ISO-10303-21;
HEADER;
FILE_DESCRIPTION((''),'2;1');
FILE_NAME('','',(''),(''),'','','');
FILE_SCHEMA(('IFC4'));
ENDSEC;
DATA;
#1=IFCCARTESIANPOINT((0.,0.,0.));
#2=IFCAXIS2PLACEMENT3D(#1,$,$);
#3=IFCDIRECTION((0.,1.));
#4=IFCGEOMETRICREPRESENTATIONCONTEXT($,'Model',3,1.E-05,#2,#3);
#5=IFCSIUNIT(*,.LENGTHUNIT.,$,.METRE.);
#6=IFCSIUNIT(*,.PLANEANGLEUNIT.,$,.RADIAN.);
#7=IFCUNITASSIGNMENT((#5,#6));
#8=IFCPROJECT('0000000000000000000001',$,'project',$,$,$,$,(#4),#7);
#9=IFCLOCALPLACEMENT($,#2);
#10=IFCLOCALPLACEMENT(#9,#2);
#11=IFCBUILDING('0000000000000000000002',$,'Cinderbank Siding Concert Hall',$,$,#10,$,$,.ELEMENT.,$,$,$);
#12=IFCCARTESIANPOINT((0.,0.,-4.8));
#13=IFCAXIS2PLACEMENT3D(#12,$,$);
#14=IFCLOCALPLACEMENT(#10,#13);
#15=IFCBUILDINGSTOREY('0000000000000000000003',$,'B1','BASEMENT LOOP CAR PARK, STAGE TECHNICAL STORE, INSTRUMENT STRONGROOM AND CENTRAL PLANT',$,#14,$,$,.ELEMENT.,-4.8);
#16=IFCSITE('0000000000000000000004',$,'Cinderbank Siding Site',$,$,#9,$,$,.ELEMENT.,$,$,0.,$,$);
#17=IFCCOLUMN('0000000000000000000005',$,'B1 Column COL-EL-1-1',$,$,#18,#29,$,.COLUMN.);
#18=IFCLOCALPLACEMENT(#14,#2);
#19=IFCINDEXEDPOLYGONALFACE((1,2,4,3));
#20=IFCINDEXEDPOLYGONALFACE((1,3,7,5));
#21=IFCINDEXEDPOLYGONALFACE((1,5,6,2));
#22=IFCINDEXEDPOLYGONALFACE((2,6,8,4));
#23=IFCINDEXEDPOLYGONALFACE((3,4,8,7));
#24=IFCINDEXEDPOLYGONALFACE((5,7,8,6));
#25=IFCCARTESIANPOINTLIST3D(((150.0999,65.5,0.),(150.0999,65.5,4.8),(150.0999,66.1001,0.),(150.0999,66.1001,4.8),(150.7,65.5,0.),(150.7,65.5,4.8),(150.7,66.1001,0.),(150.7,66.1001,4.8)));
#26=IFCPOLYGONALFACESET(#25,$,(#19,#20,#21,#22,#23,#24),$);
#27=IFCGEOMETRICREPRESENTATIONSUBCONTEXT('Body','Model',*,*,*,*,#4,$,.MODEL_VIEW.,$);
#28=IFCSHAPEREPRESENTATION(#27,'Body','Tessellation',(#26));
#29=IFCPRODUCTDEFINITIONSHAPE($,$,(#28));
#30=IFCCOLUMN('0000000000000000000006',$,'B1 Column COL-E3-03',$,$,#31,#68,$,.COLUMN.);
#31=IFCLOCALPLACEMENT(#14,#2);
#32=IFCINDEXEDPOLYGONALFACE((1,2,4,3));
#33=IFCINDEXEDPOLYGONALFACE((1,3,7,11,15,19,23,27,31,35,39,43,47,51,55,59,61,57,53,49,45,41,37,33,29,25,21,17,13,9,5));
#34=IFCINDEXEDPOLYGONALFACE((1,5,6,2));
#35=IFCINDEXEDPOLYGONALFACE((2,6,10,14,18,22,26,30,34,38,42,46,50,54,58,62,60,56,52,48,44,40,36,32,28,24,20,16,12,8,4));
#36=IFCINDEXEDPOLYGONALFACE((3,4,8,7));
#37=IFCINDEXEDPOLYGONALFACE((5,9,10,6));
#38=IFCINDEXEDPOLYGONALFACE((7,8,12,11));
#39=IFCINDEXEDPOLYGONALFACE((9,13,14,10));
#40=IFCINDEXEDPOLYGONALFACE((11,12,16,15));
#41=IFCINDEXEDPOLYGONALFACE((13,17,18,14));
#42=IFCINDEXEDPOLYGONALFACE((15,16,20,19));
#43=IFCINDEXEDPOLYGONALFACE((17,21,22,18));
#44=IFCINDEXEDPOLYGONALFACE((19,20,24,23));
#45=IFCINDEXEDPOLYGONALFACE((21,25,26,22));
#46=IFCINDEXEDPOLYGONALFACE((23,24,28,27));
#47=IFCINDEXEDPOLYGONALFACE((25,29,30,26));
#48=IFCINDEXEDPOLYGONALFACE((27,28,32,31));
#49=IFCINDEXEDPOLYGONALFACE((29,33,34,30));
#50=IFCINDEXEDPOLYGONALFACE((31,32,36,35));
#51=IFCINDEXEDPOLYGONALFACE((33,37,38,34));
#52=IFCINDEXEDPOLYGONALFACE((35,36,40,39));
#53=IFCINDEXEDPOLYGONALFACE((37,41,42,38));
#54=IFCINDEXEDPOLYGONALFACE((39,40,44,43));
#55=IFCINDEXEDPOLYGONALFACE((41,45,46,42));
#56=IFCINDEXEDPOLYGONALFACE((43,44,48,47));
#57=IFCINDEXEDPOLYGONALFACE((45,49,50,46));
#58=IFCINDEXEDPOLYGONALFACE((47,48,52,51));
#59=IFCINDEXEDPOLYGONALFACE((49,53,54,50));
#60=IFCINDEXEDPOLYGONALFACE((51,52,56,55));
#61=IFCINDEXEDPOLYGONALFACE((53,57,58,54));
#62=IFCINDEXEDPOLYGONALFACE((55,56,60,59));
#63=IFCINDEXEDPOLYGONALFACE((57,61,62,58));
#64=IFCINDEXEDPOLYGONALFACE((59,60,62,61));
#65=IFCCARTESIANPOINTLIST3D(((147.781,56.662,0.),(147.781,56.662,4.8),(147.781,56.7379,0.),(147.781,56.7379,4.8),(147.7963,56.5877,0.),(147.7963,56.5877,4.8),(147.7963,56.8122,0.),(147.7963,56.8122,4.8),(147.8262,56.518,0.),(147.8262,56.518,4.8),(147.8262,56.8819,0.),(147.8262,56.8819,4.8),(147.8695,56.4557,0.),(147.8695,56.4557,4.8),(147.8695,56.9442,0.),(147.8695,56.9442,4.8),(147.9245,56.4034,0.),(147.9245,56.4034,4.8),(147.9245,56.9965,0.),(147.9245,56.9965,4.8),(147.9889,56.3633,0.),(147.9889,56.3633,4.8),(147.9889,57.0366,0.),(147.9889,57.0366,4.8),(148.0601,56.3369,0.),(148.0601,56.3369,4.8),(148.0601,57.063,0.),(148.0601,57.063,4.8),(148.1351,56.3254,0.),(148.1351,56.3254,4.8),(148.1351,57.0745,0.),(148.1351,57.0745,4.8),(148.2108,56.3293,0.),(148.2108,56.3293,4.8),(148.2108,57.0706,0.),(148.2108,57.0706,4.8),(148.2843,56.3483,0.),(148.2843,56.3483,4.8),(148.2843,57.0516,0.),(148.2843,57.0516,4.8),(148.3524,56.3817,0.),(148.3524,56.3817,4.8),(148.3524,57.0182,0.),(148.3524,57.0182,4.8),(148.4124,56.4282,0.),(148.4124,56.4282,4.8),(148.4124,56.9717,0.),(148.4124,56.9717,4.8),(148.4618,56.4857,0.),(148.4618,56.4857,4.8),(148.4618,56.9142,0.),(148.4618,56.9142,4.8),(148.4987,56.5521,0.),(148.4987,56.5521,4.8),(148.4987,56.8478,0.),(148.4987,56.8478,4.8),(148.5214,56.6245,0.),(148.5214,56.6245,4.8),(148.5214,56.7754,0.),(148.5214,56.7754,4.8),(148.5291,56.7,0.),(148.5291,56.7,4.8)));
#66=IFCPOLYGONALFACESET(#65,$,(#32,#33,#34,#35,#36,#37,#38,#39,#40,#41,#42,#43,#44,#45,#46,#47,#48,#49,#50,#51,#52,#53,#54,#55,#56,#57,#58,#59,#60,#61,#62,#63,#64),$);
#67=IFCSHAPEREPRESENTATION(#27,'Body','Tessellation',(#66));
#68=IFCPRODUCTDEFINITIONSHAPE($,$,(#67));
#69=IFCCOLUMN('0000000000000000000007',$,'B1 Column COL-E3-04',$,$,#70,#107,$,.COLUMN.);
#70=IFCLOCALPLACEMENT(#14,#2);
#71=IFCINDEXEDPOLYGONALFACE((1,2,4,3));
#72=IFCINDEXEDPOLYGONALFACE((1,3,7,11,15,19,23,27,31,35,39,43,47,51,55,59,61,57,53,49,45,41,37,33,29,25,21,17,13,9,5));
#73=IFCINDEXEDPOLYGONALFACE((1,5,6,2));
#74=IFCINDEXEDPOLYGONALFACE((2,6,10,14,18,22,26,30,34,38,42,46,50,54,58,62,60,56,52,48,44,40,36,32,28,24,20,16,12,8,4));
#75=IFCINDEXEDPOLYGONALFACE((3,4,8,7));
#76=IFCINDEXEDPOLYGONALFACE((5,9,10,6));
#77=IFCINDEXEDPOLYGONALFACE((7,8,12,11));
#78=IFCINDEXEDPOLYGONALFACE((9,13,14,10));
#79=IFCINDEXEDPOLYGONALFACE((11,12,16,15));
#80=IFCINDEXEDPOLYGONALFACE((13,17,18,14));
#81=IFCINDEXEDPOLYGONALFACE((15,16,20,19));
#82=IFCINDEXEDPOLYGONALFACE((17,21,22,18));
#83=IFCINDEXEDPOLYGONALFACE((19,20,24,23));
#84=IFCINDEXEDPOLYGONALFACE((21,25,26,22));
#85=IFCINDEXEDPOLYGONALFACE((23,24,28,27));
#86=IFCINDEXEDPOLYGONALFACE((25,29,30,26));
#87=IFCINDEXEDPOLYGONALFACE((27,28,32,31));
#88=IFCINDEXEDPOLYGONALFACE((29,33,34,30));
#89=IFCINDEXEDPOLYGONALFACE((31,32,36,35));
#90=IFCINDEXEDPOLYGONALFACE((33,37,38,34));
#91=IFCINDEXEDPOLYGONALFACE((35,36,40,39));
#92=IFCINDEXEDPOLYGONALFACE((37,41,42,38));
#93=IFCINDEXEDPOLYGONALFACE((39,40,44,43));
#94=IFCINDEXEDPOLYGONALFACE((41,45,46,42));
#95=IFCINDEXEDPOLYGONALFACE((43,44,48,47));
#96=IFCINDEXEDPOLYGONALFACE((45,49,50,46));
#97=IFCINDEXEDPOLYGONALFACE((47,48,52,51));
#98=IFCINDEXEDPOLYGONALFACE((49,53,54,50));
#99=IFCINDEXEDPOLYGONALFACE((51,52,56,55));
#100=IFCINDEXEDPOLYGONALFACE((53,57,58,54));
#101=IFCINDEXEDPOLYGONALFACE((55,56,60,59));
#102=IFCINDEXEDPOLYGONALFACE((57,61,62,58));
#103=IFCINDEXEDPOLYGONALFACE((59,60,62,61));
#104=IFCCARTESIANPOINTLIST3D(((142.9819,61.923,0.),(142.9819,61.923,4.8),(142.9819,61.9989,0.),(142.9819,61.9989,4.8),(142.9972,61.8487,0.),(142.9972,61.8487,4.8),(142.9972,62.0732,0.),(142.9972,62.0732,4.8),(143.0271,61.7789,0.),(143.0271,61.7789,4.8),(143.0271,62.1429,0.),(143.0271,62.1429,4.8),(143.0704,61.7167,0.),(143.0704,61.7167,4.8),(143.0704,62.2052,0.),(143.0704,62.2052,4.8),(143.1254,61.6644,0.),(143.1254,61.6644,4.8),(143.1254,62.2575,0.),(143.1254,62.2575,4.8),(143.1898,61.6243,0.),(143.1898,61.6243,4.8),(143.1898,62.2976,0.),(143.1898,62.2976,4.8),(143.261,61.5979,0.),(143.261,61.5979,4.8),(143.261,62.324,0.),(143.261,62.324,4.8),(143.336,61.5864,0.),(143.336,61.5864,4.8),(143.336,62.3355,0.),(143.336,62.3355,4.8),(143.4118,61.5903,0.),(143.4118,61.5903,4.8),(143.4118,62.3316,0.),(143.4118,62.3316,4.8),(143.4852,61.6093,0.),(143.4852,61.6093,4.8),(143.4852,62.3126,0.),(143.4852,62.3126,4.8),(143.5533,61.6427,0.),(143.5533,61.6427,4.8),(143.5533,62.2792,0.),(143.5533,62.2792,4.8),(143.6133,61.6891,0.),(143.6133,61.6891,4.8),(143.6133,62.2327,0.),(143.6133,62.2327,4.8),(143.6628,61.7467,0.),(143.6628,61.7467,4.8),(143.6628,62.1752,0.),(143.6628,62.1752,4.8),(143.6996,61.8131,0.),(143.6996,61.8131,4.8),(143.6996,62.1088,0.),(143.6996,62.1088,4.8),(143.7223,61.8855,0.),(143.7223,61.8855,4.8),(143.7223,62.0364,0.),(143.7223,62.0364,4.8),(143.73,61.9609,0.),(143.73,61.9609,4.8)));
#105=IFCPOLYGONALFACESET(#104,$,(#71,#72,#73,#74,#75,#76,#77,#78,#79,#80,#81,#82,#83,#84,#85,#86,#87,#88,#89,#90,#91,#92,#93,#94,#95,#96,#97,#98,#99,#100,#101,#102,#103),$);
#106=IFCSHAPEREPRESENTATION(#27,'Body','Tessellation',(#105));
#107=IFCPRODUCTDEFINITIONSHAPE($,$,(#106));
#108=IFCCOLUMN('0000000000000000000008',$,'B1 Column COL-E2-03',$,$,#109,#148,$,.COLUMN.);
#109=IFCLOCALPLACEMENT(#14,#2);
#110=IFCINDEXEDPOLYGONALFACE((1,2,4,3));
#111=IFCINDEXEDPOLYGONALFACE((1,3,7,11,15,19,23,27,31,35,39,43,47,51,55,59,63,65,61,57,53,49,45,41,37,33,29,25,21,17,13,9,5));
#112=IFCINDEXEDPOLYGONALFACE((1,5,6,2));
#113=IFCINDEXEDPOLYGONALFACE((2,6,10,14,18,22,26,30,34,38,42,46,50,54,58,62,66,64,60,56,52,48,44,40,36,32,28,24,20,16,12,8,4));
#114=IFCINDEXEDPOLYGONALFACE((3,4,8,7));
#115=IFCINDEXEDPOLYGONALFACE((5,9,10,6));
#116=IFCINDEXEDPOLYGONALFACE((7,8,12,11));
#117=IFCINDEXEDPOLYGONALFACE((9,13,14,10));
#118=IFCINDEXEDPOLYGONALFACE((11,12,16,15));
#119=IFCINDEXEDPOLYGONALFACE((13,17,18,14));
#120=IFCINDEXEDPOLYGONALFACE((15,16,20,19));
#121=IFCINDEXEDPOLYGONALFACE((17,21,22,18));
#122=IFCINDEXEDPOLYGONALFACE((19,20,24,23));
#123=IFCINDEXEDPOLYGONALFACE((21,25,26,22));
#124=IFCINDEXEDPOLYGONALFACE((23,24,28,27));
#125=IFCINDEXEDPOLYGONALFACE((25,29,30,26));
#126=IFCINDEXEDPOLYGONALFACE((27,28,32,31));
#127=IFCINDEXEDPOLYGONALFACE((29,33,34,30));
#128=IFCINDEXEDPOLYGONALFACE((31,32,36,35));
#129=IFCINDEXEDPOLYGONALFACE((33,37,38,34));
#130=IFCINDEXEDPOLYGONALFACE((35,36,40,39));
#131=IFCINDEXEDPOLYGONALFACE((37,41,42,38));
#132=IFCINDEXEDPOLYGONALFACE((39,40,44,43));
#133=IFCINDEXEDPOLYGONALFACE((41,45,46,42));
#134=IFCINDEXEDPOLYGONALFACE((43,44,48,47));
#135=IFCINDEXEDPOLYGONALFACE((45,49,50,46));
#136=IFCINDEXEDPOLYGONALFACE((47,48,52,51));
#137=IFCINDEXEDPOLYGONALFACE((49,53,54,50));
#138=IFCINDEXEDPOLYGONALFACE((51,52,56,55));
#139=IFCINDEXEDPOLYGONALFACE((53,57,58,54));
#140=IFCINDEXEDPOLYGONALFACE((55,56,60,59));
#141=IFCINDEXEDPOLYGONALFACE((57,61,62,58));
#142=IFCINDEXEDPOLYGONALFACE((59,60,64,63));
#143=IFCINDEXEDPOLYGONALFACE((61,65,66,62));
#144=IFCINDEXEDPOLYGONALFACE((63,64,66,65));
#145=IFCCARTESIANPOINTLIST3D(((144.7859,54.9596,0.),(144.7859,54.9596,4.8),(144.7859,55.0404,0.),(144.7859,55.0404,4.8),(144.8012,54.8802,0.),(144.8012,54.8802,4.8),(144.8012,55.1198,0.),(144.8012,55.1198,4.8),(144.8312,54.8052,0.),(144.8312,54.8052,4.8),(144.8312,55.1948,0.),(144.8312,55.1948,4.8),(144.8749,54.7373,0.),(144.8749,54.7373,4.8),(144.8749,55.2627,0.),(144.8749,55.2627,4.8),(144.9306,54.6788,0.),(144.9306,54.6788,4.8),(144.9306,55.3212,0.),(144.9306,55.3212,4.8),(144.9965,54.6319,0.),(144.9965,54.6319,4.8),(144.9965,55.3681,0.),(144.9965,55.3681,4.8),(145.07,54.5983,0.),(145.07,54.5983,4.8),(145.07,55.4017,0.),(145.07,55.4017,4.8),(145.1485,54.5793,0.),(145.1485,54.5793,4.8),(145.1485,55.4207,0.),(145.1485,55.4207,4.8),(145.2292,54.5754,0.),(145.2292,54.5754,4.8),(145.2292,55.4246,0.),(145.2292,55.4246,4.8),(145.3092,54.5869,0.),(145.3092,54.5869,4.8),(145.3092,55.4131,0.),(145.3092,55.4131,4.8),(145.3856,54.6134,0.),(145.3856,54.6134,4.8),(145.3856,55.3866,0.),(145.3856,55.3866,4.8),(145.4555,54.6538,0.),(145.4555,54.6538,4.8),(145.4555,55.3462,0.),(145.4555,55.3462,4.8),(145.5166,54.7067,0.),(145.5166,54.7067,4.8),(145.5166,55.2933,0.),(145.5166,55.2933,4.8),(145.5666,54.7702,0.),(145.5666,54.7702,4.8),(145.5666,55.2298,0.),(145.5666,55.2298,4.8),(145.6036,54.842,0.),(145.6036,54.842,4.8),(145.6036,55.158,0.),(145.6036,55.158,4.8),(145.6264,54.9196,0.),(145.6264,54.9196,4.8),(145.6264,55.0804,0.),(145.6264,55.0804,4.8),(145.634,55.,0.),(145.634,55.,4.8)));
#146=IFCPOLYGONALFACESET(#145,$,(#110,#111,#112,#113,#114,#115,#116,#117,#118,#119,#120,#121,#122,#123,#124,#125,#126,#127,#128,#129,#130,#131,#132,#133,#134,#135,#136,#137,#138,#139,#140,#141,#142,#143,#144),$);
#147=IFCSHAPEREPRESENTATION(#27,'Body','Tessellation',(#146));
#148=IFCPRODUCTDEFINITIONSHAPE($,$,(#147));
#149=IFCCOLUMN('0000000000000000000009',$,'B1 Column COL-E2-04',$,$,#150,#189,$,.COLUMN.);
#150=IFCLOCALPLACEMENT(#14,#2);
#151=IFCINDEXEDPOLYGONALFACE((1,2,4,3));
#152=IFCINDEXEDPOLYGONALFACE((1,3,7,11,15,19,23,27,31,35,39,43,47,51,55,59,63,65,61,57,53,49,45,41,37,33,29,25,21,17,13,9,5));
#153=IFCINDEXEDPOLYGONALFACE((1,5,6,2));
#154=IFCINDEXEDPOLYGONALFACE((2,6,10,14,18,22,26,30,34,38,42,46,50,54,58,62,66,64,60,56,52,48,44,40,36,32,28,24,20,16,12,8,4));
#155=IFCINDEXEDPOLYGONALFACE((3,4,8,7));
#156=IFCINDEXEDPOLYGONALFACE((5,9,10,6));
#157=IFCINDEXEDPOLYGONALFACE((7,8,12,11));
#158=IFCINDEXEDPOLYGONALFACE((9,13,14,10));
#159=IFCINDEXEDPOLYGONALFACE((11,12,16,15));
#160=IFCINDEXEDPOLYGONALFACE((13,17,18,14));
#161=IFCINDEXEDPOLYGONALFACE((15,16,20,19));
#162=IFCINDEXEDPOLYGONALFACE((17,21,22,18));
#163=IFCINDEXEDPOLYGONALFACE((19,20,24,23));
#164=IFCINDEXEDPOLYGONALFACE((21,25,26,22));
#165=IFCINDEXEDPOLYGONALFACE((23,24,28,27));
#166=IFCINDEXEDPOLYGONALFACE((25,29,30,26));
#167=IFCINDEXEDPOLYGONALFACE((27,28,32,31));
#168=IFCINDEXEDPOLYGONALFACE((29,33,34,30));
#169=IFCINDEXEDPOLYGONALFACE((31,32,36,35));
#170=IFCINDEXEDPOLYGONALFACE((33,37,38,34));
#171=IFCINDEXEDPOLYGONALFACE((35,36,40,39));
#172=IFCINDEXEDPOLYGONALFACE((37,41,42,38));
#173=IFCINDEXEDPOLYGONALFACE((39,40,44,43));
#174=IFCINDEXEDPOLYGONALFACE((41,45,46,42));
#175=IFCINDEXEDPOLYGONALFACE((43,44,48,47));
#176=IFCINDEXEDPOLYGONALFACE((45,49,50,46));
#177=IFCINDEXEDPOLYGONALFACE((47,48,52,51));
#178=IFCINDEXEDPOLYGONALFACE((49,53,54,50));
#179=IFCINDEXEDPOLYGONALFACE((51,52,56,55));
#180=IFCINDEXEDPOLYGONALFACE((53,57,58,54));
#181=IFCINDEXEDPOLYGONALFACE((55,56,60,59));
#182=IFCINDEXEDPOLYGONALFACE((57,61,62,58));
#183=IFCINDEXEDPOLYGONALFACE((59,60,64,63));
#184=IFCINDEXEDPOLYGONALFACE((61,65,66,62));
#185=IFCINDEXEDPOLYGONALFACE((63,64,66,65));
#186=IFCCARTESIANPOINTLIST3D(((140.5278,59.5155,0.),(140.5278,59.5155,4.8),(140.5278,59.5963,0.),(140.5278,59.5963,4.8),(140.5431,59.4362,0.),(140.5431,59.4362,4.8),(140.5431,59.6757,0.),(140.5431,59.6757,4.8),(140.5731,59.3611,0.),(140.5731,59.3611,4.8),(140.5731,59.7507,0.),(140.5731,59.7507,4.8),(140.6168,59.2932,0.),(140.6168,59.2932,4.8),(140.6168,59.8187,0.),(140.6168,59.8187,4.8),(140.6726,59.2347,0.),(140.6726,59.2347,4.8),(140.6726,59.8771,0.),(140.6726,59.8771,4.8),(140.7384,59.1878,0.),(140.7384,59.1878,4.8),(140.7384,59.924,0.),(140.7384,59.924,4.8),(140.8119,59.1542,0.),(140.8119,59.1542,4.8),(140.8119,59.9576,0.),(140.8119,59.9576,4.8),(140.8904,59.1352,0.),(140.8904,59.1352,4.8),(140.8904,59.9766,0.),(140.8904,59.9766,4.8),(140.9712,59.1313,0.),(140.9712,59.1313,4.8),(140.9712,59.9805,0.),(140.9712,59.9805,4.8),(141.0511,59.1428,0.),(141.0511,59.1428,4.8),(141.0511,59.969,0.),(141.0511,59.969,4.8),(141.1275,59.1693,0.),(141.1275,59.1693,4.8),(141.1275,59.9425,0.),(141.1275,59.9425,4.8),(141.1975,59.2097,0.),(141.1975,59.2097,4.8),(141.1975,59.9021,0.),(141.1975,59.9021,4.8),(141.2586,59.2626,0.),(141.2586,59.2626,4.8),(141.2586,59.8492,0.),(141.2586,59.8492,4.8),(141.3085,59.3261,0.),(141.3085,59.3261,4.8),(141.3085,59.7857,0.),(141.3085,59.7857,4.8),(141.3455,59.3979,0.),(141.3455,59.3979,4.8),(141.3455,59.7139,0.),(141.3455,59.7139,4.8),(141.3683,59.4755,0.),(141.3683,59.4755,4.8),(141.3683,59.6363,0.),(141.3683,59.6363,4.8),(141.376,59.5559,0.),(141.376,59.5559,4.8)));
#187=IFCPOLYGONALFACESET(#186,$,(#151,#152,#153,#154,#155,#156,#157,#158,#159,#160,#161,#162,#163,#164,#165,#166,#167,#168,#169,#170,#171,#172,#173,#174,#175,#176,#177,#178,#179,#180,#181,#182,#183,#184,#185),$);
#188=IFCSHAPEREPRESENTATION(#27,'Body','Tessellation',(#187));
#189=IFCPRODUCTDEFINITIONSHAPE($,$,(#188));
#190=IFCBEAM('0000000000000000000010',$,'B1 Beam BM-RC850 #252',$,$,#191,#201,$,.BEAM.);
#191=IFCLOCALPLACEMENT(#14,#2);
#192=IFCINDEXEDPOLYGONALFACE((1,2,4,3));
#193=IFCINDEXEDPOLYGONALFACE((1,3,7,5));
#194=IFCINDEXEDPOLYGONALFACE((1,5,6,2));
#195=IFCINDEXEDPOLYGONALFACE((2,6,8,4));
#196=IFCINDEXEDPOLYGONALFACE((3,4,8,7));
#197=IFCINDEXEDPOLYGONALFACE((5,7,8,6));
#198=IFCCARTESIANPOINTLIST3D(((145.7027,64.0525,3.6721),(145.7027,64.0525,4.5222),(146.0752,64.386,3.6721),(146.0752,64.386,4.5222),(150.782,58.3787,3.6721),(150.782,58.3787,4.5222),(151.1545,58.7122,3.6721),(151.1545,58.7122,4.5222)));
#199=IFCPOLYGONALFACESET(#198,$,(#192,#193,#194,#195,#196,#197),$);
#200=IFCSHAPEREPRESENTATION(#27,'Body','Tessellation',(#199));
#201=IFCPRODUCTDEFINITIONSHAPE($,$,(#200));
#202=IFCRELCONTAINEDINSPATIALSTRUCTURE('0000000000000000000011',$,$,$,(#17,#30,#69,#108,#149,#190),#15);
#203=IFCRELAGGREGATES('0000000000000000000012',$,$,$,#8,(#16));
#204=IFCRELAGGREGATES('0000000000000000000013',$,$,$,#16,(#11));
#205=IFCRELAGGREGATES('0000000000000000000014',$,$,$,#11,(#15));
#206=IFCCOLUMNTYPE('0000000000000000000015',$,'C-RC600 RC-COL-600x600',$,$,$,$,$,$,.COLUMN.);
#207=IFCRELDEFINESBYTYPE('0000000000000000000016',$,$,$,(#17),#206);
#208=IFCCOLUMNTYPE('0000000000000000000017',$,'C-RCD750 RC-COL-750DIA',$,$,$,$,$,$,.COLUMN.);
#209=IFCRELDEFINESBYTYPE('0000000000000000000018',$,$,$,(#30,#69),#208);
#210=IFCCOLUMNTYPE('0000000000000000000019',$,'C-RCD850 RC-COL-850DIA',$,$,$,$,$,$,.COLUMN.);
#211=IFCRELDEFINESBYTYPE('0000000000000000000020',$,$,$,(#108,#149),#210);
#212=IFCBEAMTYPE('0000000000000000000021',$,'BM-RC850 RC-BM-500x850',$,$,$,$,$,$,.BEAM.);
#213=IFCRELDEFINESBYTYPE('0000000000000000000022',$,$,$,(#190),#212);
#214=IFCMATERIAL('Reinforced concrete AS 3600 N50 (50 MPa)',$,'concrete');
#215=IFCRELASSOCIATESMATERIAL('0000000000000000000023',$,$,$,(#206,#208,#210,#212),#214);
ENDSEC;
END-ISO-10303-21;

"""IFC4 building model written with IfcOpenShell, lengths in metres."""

from ifc_helpers import new_model, si_unit, direction, frame, origin, origin_2d, place, context, subcontext, project, spatial, rectangle, circle, extrude, material, material_profile, profile_set, type_object, element, save


model = new_model("IFC4")

# Units and contexts
model_context = context("Model", 3, precision=1e-05, world=origin(), true_north=direction((0.0, 1.0)))
body_context = subcontext(model_context, "Body", "Model", "MODEL_VIEW")
ifc_project = project(units=[si_unit("LENGTHUNIT", "METRE"), si_unit("PLANEANGLEUNIT", "RADIAN")], contexts=[model_context])

# Site, building, storey
site_placement = place(None, origin())
site = spatial("IfcSite", under=ifc_project, at=site_placement, Name="Cinderbank Siding Site", CompositionType="ELEMENT", RefElevation=0.0)
building_placement = place(site_placement, origin())
building = spatial("IfcBuilding", under=site, at=building_placement, Name="Cinderbank Siding Concert Hall", CompositionType="ELEMENT")
storey_placement = place(building_placement, frame((0.0, 0.0, -4.8)))
storey = spatial("IfcBuildingStorey", under=building, at=storey_placement, Name="B1", Description="BASEMENT LOOP CAR PARK, STAGE TECHNICAL STORE, INSTRUMENT STRONGROOM AND CENTRAL PLANT", CompositionType="ELEMENT", Elevation=-4.8)

# Columns
ifc_material_1 = material(Name="Reinforced concrete AS 3600 N50 (50 MPa)", Category="concrete")
ifc_material_profile_1 = material_profile(ifc_material_1, rectangle(XDim=0.6001, YDim=0.6001, at=origin_2d()), Name="RC-COL-600x600", Category="LoadBearing")
ifc_profile_set_1 = profile_set([ifc_material_profile_1], Name="Reinforced concrete AS 3600 N50 (50 MPa)")
column_type_1 = type_object("IfcColumnType", Name="C-RC600 RC-COL-600x600", PredefinedType="COLUMN", material=ifc_profile_set_1)
column_placement = place(storey_placement, frame((150.3999, 65.8, 0.0), z_axis=(0.0, 0.0, 1.0), x_axis=(1.0, 0.0, 0.0)))
element("IfcColumn", 1, at=column_placement, inside=storey, type_object=column_type_1, Name="B1 Column COL-EL-1-1", PredefinedType="COLUMN", context=body_context, shape_type="SweptSolid", body=[
    extrude(rectangle(XDim=0.6001, YDim=0.6001, at=origin_2d()), origin(), (0.0, 0.0, 1.0), 4.8),
])
ifc_material_profile_2 = material_profile(ifc_material_1, circle(Radius=0.375, at=origin_2d()), Name="RC-COL-750DIA", Category="LoadBearing")
ifc_profile_set_2 = profile_set([ifc_material_profile_2], Name="Reinforced concrete AS 3600 N50 (50 MPa)")
column_type_2 = type_object("IfcColumnType", Name="C-RCD750 RC-COL-750DIA", PredefinedType="COLUMN", material=ifc_profile_set_2)
for number, where, z_axis, x_axis, name in (
    (2, (148.1541, 56.7, 0.0), (0.0, 0.0, 1.0), (1.0, 0.0, 0.0), "B1 Column COL-E3-03"),
    (3, (143.355, 61.9609, 0.0), (0.0, 0.0, 1.0), (1.0, 0.0, 0.0), "B1 Column COL-E3-04"),
):
    element("IfcColumn", number, at=place(storey_placement, frame(where, z_axis=z_axis, x_axis=x_axis)), inside=storey, type_object=column_type_2, Name=name, PredefinedType="COLUMN", context=body_context, shape_type="SweptSolid", body=[
        extrude(circle(Radius=0.375, at=origin_2d()), origin(), (0.0, 0.0, 1.0), 4.8),
    ])
ifc_material_profile_3 = material_profile(ifc_material_1, circle(Radius=0.425, at=origin_2d()), Name="RC-COL-850DIA", Category="LoadBearing")
ifc_profile_set_3 = profile_set([ifc_material_profile_3], Name="Reinforced concrete AS 3600 N50 (50 MPa)")
column_type_3 = type_object("IfcColumnType", Name="C-RCD850 RC-COL-850DIA", PredefinedType="COLUMN", material=ifc_profile_set_3)
for number, where, z_axis, x_axis, name in (
    (4, (145.209, 55.0, 0.0), (0.0, 0.0, 1.0), (1.0, 0.0, 0.0), "B1 Column COL-E2-03"),
    (5, (140.9509, 59.5559, 0.0), (0.0, 0.0, 1.0), (1.0, 0.0, 0.0), "B1 Column COL-E2-04"),
):
    element("IfcColumn", number, at=place(storey_placement, frame(where, z_axis=z_axis, x_axis=x_axis)), inside=storey, type_object=column_type_3, Name=name, PredefinedType="COLUMN", context=body_context, shape_type="SweptSolid", body=[
        extrude(circle(Radius=0.425, at=origin_2d()), origin(), (0.0, 0.0, 1.0), 4.8),
    ])

# Beam
ifc_material_profile_4 = material_profile(ifc_material_1, rectangle(XDim=0.5, YDim=0.8501, at=origin_2d()), Name="RC-BM-500x850", Category="LoadBearing")
ifc_profile_set_4 = profile_set([ifc_material_profile_4], Name="Reinforced concrete AS 3600 N50 (50 MPa)")
beam_type_1 = type_object("IfcBeamType", Name="BM-RC850 RC-BM-500x850", PredefinedType="BEAM", material=ifc_profile_set_4)
beam_1_placement = place(storey_placement, frame((150.9683, 58.5454, 4.0972), z_axis=(-0.666996, 0.745061, 0.0), x_axis=(-0.745061, -0.666996, 0.0)))
element("IfcBeam", 6, at=beam_1_placement, inside=storey, type_object=beam_type_1, Name="B1 Beam BM-RC850 #252", PredefinedType="BEAM", context=body_context, shape_type="SweptSolid", body=[
    extrude(rectangle(XDim=0.5, YDim=0.8501, at=origin_2d()), origin(), (0.0, 0.0, 1.0), 7.6152),
])

save(model, "model.ifc")
